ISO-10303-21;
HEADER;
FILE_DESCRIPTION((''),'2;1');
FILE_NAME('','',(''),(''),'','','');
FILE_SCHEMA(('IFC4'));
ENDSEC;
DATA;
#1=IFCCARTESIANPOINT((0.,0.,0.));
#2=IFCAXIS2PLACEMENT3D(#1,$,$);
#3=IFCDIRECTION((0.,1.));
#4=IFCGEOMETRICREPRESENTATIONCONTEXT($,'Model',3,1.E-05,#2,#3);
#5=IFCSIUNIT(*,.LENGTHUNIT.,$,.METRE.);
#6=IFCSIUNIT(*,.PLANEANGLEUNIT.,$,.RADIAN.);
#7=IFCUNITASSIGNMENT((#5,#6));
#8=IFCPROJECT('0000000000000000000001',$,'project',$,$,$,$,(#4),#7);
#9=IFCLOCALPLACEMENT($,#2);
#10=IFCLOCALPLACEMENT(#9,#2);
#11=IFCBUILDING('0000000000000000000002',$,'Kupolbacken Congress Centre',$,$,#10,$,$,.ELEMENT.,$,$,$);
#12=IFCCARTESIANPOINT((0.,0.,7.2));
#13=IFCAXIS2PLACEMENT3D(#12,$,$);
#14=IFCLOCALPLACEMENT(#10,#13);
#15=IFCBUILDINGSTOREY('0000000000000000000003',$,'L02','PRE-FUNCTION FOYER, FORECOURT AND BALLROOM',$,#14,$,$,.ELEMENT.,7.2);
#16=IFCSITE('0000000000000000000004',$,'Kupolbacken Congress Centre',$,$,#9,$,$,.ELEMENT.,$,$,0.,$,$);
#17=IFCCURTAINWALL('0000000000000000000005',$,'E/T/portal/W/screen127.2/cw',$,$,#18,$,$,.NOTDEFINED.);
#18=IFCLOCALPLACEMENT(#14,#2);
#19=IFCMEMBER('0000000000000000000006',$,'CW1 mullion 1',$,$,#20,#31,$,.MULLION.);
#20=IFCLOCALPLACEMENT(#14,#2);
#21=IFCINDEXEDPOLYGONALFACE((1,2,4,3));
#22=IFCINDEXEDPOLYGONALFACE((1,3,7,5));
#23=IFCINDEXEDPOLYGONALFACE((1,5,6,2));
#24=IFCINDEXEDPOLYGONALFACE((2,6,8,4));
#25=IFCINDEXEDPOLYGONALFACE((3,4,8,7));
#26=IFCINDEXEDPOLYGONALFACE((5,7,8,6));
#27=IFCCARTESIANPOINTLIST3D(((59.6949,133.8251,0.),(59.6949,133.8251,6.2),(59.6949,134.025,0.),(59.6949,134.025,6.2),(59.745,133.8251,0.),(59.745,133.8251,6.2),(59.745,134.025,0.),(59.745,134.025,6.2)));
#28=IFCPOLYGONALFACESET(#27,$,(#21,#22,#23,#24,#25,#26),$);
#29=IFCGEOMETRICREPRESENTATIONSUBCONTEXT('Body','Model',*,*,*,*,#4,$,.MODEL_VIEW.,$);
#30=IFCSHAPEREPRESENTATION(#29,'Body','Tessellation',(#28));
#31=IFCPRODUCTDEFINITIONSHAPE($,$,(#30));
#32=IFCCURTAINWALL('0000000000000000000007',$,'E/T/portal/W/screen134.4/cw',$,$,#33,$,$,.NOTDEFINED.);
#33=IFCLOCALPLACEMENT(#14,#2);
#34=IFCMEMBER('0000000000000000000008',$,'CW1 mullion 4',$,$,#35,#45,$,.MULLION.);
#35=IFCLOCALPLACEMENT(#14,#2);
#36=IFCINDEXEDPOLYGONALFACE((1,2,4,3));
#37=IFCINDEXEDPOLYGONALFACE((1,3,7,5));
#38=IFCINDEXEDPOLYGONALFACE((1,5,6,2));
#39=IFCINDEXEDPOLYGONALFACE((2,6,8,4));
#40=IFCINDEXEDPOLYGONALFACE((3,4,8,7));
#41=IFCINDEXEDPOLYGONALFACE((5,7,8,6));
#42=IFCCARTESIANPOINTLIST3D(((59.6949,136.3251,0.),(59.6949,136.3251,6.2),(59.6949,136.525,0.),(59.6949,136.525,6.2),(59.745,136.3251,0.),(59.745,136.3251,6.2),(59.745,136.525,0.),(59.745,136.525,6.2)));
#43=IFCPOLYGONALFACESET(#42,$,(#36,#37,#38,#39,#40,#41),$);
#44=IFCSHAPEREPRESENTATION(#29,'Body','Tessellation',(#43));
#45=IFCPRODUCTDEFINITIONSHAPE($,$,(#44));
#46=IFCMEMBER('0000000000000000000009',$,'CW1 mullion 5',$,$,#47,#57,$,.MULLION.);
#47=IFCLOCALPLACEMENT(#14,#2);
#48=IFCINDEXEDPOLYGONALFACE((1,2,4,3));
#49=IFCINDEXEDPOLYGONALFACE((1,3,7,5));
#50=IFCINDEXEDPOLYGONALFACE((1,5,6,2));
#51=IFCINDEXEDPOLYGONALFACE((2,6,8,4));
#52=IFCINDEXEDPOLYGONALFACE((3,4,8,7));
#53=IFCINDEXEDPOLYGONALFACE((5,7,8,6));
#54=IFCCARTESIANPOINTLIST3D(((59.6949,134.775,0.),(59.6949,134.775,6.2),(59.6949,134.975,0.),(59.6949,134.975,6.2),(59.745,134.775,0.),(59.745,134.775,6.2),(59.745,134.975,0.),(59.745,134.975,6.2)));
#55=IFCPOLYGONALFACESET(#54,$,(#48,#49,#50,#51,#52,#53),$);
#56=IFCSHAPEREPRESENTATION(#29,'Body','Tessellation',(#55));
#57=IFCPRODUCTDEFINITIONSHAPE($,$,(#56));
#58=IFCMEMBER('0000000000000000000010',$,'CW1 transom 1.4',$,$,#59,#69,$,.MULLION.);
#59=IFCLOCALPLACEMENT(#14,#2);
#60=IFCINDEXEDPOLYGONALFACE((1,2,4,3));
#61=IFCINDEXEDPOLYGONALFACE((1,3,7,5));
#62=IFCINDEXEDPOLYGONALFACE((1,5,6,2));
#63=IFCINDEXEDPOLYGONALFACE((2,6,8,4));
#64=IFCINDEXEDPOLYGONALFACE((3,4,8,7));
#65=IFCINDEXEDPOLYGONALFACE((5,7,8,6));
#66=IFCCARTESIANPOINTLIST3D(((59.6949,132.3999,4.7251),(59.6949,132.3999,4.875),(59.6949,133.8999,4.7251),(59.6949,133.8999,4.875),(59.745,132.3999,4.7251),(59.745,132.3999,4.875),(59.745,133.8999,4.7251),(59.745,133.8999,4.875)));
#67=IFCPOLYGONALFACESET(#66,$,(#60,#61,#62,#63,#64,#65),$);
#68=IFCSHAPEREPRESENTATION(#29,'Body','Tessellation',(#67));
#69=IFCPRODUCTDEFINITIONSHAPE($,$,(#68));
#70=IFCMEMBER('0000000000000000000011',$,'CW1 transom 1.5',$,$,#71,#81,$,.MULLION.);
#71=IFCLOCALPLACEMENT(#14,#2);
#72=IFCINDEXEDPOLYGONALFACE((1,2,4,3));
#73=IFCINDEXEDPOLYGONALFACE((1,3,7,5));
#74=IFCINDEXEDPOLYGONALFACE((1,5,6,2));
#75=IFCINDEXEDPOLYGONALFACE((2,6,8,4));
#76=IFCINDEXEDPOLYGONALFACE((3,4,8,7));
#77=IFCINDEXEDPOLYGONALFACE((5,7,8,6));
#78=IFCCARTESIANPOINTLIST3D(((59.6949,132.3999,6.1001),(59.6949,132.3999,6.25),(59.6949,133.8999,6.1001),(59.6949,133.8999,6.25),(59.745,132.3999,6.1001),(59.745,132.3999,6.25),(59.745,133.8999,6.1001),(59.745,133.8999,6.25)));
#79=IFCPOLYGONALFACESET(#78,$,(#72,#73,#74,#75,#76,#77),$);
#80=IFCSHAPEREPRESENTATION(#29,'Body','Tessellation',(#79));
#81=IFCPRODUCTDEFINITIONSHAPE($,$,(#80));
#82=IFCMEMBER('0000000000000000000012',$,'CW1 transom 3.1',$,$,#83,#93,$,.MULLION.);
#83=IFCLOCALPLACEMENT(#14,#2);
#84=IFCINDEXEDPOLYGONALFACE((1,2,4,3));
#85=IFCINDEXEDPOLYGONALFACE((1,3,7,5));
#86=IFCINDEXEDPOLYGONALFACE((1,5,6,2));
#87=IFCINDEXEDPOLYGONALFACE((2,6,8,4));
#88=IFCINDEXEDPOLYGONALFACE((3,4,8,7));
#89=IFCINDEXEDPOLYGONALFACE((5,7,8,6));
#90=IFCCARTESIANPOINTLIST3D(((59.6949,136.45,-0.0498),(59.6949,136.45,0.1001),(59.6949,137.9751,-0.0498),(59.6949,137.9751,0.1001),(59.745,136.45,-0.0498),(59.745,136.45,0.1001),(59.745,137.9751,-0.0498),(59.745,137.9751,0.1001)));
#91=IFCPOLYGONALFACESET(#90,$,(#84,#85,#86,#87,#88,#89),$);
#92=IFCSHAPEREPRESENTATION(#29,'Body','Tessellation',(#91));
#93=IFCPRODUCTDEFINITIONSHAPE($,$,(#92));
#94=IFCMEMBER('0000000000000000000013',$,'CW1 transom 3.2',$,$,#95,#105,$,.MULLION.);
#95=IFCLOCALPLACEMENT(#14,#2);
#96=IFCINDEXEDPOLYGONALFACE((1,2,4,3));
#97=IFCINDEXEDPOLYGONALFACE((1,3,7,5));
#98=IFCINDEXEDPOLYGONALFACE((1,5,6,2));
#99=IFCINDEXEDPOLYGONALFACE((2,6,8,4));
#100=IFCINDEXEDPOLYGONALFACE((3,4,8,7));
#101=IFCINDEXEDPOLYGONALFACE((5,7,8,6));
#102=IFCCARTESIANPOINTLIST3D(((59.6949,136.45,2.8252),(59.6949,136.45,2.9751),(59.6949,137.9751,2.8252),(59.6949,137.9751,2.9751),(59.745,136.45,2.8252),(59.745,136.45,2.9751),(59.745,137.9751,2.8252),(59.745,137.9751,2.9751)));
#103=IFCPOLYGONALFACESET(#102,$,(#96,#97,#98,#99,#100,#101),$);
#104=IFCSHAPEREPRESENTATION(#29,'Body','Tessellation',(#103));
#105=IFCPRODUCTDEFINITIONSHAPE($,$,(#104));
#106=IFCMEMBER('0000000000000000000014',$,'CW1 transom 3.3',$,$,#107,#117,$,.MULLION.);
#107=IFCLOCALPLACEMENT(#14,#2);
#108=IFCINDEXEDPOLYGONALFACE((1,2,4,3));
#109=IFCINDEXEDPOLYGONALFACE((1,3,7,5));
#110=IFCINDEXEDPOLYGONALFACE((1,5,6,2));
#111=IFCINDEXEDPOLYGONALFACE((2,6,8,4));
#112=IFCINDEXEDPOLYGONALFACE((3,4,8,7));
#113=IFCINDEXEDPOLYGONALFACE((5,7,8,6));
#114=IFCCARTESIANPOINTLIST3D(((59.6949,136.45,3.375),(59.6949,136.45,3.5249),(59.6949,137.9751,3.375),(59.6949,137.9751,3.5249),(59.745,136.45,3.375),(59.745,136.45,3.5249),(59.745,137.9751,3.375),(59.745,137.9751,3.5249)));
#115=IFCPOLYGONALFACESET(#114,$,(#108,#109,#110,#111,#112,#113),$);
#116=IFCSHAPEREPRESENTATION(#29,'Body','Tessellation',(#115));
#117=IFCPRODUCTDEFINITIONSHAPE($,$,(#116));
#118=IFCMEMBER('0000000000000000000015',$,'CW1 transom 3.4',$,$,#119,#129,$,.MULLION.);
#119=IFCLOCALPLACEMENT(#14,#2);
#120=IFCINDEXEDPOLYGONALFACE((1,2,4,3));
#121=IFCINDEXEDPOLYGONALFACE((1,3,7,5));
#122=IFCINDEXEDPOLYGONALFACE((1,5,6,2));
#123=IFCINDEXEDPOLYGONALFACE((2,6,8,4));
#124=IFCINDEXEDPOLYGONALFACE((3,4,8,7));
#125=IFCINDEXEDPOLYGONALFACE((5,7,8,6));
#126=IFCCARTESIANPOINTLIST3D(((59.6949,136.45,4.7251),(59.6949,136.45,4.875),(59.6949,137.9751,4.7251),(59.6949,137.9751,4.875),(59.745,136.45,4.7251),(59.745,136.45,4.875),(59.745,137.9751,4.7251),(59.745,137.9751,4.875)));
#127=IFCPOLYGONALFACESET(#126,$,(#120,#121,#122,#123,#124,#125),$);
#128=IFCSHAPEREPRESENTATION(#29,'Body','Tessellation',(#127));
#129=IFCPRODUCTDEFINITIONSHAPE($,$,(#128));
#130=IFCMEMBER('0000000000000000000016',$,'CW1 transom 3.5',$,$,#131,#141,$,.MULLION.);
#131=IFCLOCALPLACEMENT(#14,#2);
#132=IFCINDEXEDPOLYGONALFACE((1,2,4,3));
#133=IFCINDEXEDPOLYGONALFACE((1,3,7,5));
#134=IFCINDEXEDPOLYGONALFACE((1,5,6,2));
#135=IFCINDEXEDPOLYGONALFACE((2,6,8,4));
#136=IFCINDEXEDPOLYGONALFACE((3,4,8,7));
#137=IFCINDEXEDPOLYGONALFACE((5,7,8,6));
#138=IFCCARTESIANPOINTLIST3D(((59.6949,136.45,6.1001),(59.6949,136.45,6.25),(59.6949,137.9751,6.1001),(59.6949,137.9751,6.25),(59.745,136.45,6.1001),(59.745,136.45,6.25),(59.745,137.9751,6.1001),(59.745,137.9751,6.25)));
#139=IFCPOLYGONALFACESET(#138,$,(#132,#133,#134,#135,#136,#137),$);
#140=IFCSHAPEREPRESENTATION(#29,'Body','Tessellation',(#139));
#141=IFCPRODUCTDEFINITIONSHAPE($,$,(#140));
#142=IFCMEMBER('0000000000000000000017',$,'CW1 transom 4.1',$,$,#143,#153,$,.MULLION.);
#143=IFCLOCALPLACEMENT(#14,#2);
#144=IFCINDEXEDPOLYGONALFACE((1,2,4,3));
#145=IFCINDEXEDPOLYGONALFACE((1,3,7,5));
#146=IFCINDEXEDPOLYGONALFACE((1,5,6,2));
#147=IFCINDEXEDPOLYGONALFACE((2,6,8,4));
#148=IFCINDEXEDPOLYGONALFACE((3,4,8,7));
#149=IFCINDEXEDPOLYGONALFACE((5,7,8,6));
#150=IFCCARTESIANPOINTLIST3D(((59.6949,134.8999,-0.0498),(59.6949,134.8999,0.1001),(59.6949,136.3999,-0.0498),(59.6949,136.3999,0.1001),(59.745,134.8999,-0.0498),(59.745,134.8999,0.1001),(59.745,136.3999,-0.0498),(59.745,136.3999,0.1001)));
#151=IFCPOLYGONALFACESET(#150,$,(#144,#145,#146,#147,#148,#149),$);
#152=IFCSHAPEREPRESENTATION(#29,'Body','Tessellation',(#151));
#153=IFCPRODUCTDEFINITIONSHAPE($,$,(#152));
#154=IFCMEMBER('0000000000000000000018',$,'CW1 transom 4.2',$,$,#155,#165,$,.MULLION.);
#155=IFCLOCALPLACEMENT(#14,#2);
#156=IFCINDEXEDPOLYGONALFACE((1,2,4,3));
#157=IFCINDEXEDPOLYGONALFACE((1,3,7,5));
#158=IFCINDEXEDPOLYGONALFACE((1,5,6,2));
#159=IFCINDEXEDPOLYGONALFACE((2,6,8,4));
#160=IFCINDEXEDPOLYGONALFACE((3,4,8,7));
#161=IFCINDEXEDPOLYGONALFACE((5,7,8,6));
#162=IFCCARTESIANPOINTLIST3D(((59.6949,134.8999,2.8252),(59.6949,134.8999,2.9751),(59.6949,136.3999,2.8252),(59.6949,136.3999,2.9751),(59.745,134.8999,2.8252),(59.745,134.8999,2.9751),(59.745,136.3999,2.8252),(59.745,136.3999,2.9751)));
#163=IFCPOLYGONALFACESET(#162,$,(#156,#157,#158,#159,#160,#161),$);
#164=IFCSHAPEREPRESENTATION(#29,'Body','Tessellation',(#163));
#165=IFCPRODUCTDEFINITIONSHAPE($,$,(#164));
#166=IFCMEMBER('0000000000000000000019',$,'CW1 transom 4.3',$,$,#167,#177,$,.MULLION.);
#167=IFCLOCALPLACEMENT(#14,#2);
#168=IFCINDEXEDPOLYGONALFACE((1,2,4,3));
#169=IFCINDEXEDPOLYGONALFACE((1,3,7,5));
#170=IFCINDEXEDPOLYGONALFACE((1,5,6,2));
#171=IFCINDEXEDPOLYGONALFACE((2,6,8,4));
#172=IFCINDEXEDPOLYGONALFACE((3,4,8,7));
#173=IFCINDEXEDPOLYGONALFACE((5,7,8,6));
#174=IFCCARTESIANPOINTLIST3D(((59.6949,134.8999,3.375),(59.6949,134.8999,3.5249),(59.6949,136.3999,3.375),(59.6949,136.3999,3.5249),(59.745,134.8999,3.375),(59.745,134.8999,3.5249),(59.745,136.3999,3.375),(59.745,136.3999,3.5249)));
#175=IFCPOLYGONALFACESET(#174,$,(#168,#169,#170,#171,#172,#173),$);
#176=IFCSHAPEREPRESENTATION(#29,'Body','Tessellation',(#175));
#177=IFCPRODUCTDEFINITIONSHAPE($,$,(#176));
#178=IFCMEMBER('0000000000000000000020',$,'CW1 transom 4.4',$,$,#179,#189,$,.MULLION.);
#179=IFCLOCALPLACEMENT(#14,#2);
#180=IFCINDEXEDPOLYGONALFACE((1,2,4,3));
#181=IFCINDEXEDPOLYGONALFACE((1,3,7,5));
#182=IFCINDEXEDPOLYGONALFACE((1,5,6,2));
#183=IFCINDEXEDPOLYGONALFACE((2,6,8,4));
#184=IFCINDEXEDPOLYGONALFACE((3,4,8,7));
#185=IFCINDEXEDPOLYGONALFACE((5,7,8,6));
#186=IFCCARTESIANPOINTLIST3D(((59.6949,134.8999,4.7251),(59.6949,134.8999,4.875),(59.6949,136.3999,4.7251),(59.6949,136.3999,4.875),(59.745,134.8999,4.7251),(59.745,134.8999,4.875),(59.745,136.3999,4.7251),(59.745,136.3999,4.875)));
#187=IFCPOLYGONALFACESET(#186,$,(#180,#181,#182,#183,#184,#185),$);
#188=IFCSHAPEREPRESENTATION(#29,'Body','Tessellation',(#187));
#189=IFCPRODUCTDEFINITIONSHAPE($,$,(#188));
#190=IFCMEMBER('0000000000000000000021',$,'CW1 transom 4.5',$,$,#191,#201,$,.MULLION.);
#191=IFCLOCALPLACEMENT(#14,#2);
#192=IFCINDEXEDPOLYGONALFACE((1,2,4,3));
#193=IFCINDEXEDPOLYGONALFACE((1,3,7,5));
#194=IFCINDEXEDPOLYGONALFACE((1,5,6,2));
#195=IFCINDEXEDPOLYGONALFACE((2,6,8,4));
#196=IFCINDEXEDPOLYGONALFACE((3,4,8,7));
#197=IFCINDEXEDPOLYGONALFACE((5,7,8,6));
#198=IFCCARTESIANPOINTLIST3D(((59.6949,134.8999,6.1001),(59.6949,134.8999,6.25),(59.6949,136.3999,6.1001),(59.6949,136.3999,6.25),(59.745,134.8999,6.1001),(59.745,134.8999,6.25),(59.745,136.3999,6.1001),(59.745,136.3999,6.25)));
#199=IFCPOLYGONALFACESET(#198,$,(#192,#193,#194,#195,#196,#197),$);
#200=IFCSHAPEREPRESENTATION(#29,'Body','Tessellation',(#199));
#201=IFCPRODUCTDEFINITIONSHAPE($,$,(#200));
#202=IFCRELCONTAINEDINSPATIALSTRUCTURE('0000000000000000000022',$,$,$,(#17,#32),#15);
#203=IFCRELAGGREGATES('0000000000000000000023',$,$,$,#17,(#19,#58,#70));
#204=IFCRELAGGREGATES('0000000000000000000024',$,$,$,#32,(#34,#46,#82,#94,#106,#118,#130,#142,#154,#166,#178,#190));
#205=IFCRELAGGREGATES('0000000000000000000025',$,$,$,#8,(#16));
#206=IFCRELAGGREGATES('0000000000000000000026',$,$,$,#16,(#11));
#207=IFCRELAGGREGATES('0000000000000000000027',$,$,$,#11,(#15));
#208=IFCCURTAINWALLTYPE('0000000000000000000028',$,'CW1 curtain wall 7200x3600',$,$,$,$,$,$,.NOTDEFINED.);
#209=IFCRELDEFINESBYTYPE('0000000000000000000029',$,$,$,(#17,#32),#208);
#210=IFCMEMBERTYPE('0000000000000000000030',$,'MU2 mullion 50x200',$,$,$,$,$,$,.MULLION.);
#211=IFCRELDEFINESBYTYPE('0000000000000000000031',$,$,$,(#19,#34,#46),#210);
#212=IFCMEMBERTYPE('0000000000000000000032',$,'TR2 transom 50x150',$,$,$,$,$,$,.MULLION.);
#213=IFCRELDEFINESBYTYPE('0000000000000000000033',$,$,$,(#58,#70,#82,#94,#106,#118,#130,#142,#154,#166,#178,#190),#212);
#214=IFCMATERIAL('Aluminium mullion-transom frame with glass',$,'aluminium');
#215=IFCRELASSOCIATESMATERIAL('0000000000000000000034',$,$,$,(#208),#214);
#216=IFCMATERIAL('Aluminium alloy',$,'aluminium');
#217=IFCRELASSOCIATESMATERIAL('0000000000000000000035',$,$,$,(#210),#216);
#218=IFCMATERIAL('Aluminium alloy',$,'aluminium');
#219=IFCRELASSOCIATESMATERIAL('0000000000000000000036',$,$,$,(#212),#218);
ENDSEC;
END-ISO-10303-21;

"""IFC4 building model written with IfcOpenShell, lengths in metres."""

from ifc_helpers import new_model, si_unit, direction, frame, origin, origin_2d, place, context, subcontext, project, spatial, rectangle, extrude, material, material_profile, profile_set, type_object, element, aggregate, save


model = new_model("IFC4")

# Units and contexts
model_context = context("Model", 3, precision=1e-05, world=origin(), true_north=direction((0.0, 1.0)))
body_context = subcontext(model_context, "Body", "Model", "MODEL_VIEW")
ifc_project = project(units=[si_unit("LENGTHUNIT", "METRE"), si_unit("PLANEANGLEUNIT", "RADIAN")], contexts=[model_context])

# Site, building, storey
site_placement = place(None, origin())
site = spatial("IfcSite", under=ifc_project, at=site_placement, Name="Kupolbacken Congress Centre", CompositionType="ELEMENT", RefElevation=0.0)
building_placement = place(site_placement, origin())
building = spatial("IfcBuilding", under=site, at=building_placement, Name="Kupolbacken Congress Centre", CompositionType="ELEMENT")
storey_placement = place(building_placement, frame((0.0, 0.0, 7.2)))
storey = spatial("IfcBuildingStorey", under=building, at=storey_placement, Name="L02", Description="PRE-FUNCTION FOYER, FORECOURT AND BALLROOM", CompositionType="ELEMENT", Elevation=7.2)

# Curtain wall, member
ifc_material_1 = material(Name="Aluminium mullion-transom frame with glass", Category="aluminium")
curtain_wall_type = type_object("IfcCurtainWallType", Name="CW1 curtain wall 7200x3600", PredefinedType="NOTDEFINED", material=ifc_material_1)
curtain_wall_1_placement = place(storey_placement, origin())
curtain_wall_1 = element("IfcCurtainWall", 1, at=curtain_wall_1_placement, inside=storey, type_object=curtain_wall_type, Name="E/T/portal/W/screen127.2/cw", PredefinedType="NOTDEFINED")
ifc_material_2 = material(Name="Aluminium alloy", Category="aluminium")
ifc_material_profile_1 = material_profile(ifc_material_2, rectangle(XDim=0.05, YDim=0.2, at=origin_2d()), Name="50 x 200")
ifc_profile_set_1 = profile_set([ifc_material_profile_1], Name="Aluminium alloy")
member_type_1 = type_object("IfcMemberType", Name="MU2 mullion 50x200", PredefinedType="MULLION", material=ifc_profile_set_1)
member_1_placement = place(storey_placement, frame((59.72, 133.925, 0.0), z_axis=(0.0, 0.0, 1.0), x_axis=(1.0, 0.0, 0.0)))
member_1 = element("IfcMember", 2, at=member_1_placement, type_object=member_type_1, Name="CW1 mullion 1", PredefinedType="MULLION", context=body_context, shape_type="SweptSolid", body=[
    extrude(rectangle(XDim=0.05, YDim=0.2, at=origin_2d()), origin(), (0.0, 0.0, 1.0), 6.2),
])

# Curtain wall, members
curtain_wall_2_placement = place(storey_placement, origin())
curtain_wall_2 = element("IfcCurtainWall", 3, at=curtain_wall_2_placement, inside=storey, type_object=curtain_wall_type, Name="E/T/portal/W/screen134.4/cw", PredefinedType="NOTDEFINED")
member_2_placement = place(storey_placement, frame((59.72, 136.425, 0.0), z_axis=(0.0, 0.0, 1.0), x_axis=(1.0, 0.0, 0.0)))
member_2 = element("IfcMember", 4, at=member_2_placement, type_object=member_type_1, Name="CW1 mullion 4", PredefinedType="MULLION", context=body_context, shape_type="SweptSolid", body=[
    extrude(rectangle(XDim=0.05, YDim=0.2, at=origin_2d()), origin(), (0.0, 0.0, 1.0), 6.2),
])
member_3_placement = place(storey_placement, frame((59.72, 134.875, 0.0), z_axis=(0.0, 0.0, 1.0), x_axis=(1.0, 0.0, 0.0)))
member_3 = element("IfcMember", 5, at=member_3_placement, type_object=member_type_1, Name="CW1 mullion 5", PredefinedType="MULLION", context=body_context, shape_type="SweptSolid", body=[
    extrude(rectangle(XDim=0.05, YDim=0.2, at=origin_2d()), origin(), (0.0, 0.0, 1.0), 6.2),
])

# Members
ifc_material_3 = material(Name="Aluminium alloy", Category="aluminium")
ifc_material_profile_2 = material_profile(ifc_material_3, rectangle(XDim=0.05, YDim=0.1499, at=origin_2d()), Name="50 x 150")
ifc_profile_set_2 = profile_set([ifc_material_profile_2], Name="Aluminium alloy")
member_type_2 = type_object("IfcMemberType", Name="TR2 transom 50x150", PredefinedType="MULLION", material=ifc_profile_set_2)
member_4_placement = place(storey_placement, frame((59.72, 133.8999, 4.8), z_axis=(0.0, -1.0, 0.0), x_axis=(1.0, 0.0, 0.0)))
member_4 = element("IfcMember", 6, at=member_4_placement, type_object=member_type_2, Name="CW1 transom 1.4", PredefinedType="MULLION", context=body_context, shape_type="SweptSolid", body=[
    extrude(rectangle(XDim=0.05, YDim=0.1499, at=origin_2d()), origin(), (0.0, 0.0, 1.0), 1.5),
])
member_5_placement = place(storey_placement, frame((59.72, 133.8999, 6.175), z_axis=(0.0, -1.0, 0.0), x_axis=(1.0, 0.0, 0.0)))
member_5 = element("IfcMember", 7, at=member_5_placement, type_object=member_type_2, Name="CW1 transom 1.5", PredefinedType="MULLION", context=body_context, shape_type="SweptSolid", body=[
    extrude(rectangle(XDim=0.05, YDim=0.1499, at=origin_2d()), origin(), (0.0, 0.0, 1.0), 1.5),
])
aggregate(curtain_wall_1, [member_1, member_4, member_5])
member_6_placement = place(storey_placement, frame((59.72, 137.9751, 0.0251), z_axis=(0.0, -1.0, 0.0), x_axis=(1.0, 0.0, 0.0)))
member_6 = element("IfcMember", 8, at=member_6_placement, type_object=member_type_2, Name="CW1 transom 3.1", PredefinedType="MULLION", context=body_context, shape_type="SweptSolid", body=[
    extrude(rectangle(XDim=0.05, YDim=0.1499, at=origin_2d()), origin(), (0.0, 0.0, 1.0), 1.5251),
])
member_7_placement = place(storey_placement, frame((59.72, 137.9751, 2.9001), z_axis=(0.0, -1.0, 0.0), x_axis=(1.0, 0.0, 0.0)))
member_7 = element("IfcMember", 9, at=member_7_placement, type_object=member_type_2, Name="CW1 transom 3.2", PredefinedType="MULLION", context=body_context, shape_type="SweptSolid", body=[
    extrude(rectangle(XDim=0.05, YDim=0.1499, at=origin_2d()), origin(), (0.0, 0.0, 1.0), 1.5251),
])
member_8_placement = place(storey_placement, frame((59.72, 137.9751, 3.45), z_axis=(0.0, -1.0, 0.0), x_axis=(1.0, 0.0, 0.0)))
member_8 = element("IfcMember", 10, at=member_8_placement, type_object=member_type_2, Name="CW1 transom 3.3", PredefinedType="MULLION", context=body_context, shape_type="SweptSolid", body=[
    extrude(rectangle(XDim=0.05, YDim=0.1499, at=origin_2d()), origin(), (0.0, 0.0, 1.0), 1.5251),
])
member_9_placement = place(storey_placement, frame((59.72, 137.9751, 4.8), z_axis=(0.0, -1.0, 0.0), x_axis=(1.0, 0.0, 0.0)))
member_9 = element("IfcMember", 11, at=member_9_placement, type_object=member_type_2, Name="CW1 transom 3.4", PredefinedType="MULLION", context=body_context, shape_type="SweptSolid", body=[
    extrude(rectangle(XDim=0.05, YDim=0.1499, at=origin_2d()), origin(), (0.0, 0.0, 1.0), 1.5251),
])
member_10_placement = place(storey_placement, frame((59.72, 137.9751, 6.175), z_axis=(0.0, -1.0, 0.0), x_axis=(1.0, 0.0, 0.0)))
member_10 = element("IfcMember", 12, at=member_10_placement, type_object=member_type_2, Name="CW1 transom 3.5", PredefinedType="MULLION", context=body_context, shape_type="SweptSolid", body=[
    extrude(rectangle(XDim=0.05, YDim=0.1499, at=origin_2d()), origin(), (0.0, 0.0, 1.0), 1.5251),
])
member_11_placement = place(storey_placement, frame((59.72, 136.3999, 0.0251), z_axis=(0.0, -1.0, 0.0), x_axis=(1.0, 0.0, 0.0)))
member_11 = element("IfcMember", 13, at=member_11_placement, type_object=member_type_2, Name="CW1 transom 4.1", PredefinedType="MULLION", context=body_context, shape_type="SweptSolid", body=[
    extrude(rectangle(XDim=0.05, YDim=0.1499, at=origin_2d()), origin(), (0.0, 0.0, 1.0), 1.5),
])
member_12_placement = place(storey_placement, frame((59.72, 136.3999, 2.9001), z_axis=(0.0, -1.0, 0.0), x_axis=(1.0, 0.0, 0.0)))
member_12 = element("IfcMember", 14, at=member_12_placement, type_object=member_type_2, Name="CW1 transom 4.2", PredefinedType="MULLION", context=body_context, shape_type="SweptSolid", body=[
    extrude(rectangle(XDim=0.05, YDim=0.1499, at=origin_2d()), origin(), (0.0, 0.0, 1.0), 1.5),
])
member_13_placement = place(storey_placement, frame((59.72, 136.3999, 3.45), z_axis=(0.0, -1.0, 0.0), x_axis=(1.0, 0.0, 0.0)))
member_13 = element("IfcMember", 15, at=member_13_placement, type_object=member_type_2, Name="CW1 transom 4.3", PredefinedType="MULLION", context=body_context, shape_type="SweptSolid", body=[
    extrude(rectangle(XDim=0.05, YDim=0.1499, at=origin_2d()), origin(), (0.0, 0.0, 1.0), 1.5),
])
member_14_placement = place(storey_placement, frame((59.72, 136.3999, 4.8), z_axis=(0.0, -1.0, 0.0), x_axis=(1.0, 0.0, 0.0)))
member_14 = element("IfcMember", 16, at=member_14_placement, type_object=member_type_2, Name="CW1 transom 4.4", PredefinedType="MULLION", context=body_context, shape_type="SweptSolid", body=[
    extrude(rectangle(XDim=0.05, YDim=0.1499, at=origin_2d()), origin(), (0.0, 0.0, 1.0), 1.5),
])
member_15_placement = place(storey_placement, frame((59.72, 136.3999, 6.175), z_axis=(0.0, -1.0, 0.0), x_axis=(1.0, 0.0, 0.0)))
member_15 = element("IfcMember", 17, at=member_15_placement, type_object=member_type_2, Name="CW1 transom 4.5", PredefinedType="MULLION", context=body_context, shape_type="SweptSolid", body=[
    extrude(rectangle(XDim=0.05, YDim=0.1499, at=origin_2d()), origin(), (0.0, 0.0, 1.0), 1.5),
])

aggregate(curtain_wall_2, [member_2, member_3, member_6, member_7, member_8, member_9, member_10, member_11, member_12, member_13, member_14, member_15])

save(model, "model.ifc")
